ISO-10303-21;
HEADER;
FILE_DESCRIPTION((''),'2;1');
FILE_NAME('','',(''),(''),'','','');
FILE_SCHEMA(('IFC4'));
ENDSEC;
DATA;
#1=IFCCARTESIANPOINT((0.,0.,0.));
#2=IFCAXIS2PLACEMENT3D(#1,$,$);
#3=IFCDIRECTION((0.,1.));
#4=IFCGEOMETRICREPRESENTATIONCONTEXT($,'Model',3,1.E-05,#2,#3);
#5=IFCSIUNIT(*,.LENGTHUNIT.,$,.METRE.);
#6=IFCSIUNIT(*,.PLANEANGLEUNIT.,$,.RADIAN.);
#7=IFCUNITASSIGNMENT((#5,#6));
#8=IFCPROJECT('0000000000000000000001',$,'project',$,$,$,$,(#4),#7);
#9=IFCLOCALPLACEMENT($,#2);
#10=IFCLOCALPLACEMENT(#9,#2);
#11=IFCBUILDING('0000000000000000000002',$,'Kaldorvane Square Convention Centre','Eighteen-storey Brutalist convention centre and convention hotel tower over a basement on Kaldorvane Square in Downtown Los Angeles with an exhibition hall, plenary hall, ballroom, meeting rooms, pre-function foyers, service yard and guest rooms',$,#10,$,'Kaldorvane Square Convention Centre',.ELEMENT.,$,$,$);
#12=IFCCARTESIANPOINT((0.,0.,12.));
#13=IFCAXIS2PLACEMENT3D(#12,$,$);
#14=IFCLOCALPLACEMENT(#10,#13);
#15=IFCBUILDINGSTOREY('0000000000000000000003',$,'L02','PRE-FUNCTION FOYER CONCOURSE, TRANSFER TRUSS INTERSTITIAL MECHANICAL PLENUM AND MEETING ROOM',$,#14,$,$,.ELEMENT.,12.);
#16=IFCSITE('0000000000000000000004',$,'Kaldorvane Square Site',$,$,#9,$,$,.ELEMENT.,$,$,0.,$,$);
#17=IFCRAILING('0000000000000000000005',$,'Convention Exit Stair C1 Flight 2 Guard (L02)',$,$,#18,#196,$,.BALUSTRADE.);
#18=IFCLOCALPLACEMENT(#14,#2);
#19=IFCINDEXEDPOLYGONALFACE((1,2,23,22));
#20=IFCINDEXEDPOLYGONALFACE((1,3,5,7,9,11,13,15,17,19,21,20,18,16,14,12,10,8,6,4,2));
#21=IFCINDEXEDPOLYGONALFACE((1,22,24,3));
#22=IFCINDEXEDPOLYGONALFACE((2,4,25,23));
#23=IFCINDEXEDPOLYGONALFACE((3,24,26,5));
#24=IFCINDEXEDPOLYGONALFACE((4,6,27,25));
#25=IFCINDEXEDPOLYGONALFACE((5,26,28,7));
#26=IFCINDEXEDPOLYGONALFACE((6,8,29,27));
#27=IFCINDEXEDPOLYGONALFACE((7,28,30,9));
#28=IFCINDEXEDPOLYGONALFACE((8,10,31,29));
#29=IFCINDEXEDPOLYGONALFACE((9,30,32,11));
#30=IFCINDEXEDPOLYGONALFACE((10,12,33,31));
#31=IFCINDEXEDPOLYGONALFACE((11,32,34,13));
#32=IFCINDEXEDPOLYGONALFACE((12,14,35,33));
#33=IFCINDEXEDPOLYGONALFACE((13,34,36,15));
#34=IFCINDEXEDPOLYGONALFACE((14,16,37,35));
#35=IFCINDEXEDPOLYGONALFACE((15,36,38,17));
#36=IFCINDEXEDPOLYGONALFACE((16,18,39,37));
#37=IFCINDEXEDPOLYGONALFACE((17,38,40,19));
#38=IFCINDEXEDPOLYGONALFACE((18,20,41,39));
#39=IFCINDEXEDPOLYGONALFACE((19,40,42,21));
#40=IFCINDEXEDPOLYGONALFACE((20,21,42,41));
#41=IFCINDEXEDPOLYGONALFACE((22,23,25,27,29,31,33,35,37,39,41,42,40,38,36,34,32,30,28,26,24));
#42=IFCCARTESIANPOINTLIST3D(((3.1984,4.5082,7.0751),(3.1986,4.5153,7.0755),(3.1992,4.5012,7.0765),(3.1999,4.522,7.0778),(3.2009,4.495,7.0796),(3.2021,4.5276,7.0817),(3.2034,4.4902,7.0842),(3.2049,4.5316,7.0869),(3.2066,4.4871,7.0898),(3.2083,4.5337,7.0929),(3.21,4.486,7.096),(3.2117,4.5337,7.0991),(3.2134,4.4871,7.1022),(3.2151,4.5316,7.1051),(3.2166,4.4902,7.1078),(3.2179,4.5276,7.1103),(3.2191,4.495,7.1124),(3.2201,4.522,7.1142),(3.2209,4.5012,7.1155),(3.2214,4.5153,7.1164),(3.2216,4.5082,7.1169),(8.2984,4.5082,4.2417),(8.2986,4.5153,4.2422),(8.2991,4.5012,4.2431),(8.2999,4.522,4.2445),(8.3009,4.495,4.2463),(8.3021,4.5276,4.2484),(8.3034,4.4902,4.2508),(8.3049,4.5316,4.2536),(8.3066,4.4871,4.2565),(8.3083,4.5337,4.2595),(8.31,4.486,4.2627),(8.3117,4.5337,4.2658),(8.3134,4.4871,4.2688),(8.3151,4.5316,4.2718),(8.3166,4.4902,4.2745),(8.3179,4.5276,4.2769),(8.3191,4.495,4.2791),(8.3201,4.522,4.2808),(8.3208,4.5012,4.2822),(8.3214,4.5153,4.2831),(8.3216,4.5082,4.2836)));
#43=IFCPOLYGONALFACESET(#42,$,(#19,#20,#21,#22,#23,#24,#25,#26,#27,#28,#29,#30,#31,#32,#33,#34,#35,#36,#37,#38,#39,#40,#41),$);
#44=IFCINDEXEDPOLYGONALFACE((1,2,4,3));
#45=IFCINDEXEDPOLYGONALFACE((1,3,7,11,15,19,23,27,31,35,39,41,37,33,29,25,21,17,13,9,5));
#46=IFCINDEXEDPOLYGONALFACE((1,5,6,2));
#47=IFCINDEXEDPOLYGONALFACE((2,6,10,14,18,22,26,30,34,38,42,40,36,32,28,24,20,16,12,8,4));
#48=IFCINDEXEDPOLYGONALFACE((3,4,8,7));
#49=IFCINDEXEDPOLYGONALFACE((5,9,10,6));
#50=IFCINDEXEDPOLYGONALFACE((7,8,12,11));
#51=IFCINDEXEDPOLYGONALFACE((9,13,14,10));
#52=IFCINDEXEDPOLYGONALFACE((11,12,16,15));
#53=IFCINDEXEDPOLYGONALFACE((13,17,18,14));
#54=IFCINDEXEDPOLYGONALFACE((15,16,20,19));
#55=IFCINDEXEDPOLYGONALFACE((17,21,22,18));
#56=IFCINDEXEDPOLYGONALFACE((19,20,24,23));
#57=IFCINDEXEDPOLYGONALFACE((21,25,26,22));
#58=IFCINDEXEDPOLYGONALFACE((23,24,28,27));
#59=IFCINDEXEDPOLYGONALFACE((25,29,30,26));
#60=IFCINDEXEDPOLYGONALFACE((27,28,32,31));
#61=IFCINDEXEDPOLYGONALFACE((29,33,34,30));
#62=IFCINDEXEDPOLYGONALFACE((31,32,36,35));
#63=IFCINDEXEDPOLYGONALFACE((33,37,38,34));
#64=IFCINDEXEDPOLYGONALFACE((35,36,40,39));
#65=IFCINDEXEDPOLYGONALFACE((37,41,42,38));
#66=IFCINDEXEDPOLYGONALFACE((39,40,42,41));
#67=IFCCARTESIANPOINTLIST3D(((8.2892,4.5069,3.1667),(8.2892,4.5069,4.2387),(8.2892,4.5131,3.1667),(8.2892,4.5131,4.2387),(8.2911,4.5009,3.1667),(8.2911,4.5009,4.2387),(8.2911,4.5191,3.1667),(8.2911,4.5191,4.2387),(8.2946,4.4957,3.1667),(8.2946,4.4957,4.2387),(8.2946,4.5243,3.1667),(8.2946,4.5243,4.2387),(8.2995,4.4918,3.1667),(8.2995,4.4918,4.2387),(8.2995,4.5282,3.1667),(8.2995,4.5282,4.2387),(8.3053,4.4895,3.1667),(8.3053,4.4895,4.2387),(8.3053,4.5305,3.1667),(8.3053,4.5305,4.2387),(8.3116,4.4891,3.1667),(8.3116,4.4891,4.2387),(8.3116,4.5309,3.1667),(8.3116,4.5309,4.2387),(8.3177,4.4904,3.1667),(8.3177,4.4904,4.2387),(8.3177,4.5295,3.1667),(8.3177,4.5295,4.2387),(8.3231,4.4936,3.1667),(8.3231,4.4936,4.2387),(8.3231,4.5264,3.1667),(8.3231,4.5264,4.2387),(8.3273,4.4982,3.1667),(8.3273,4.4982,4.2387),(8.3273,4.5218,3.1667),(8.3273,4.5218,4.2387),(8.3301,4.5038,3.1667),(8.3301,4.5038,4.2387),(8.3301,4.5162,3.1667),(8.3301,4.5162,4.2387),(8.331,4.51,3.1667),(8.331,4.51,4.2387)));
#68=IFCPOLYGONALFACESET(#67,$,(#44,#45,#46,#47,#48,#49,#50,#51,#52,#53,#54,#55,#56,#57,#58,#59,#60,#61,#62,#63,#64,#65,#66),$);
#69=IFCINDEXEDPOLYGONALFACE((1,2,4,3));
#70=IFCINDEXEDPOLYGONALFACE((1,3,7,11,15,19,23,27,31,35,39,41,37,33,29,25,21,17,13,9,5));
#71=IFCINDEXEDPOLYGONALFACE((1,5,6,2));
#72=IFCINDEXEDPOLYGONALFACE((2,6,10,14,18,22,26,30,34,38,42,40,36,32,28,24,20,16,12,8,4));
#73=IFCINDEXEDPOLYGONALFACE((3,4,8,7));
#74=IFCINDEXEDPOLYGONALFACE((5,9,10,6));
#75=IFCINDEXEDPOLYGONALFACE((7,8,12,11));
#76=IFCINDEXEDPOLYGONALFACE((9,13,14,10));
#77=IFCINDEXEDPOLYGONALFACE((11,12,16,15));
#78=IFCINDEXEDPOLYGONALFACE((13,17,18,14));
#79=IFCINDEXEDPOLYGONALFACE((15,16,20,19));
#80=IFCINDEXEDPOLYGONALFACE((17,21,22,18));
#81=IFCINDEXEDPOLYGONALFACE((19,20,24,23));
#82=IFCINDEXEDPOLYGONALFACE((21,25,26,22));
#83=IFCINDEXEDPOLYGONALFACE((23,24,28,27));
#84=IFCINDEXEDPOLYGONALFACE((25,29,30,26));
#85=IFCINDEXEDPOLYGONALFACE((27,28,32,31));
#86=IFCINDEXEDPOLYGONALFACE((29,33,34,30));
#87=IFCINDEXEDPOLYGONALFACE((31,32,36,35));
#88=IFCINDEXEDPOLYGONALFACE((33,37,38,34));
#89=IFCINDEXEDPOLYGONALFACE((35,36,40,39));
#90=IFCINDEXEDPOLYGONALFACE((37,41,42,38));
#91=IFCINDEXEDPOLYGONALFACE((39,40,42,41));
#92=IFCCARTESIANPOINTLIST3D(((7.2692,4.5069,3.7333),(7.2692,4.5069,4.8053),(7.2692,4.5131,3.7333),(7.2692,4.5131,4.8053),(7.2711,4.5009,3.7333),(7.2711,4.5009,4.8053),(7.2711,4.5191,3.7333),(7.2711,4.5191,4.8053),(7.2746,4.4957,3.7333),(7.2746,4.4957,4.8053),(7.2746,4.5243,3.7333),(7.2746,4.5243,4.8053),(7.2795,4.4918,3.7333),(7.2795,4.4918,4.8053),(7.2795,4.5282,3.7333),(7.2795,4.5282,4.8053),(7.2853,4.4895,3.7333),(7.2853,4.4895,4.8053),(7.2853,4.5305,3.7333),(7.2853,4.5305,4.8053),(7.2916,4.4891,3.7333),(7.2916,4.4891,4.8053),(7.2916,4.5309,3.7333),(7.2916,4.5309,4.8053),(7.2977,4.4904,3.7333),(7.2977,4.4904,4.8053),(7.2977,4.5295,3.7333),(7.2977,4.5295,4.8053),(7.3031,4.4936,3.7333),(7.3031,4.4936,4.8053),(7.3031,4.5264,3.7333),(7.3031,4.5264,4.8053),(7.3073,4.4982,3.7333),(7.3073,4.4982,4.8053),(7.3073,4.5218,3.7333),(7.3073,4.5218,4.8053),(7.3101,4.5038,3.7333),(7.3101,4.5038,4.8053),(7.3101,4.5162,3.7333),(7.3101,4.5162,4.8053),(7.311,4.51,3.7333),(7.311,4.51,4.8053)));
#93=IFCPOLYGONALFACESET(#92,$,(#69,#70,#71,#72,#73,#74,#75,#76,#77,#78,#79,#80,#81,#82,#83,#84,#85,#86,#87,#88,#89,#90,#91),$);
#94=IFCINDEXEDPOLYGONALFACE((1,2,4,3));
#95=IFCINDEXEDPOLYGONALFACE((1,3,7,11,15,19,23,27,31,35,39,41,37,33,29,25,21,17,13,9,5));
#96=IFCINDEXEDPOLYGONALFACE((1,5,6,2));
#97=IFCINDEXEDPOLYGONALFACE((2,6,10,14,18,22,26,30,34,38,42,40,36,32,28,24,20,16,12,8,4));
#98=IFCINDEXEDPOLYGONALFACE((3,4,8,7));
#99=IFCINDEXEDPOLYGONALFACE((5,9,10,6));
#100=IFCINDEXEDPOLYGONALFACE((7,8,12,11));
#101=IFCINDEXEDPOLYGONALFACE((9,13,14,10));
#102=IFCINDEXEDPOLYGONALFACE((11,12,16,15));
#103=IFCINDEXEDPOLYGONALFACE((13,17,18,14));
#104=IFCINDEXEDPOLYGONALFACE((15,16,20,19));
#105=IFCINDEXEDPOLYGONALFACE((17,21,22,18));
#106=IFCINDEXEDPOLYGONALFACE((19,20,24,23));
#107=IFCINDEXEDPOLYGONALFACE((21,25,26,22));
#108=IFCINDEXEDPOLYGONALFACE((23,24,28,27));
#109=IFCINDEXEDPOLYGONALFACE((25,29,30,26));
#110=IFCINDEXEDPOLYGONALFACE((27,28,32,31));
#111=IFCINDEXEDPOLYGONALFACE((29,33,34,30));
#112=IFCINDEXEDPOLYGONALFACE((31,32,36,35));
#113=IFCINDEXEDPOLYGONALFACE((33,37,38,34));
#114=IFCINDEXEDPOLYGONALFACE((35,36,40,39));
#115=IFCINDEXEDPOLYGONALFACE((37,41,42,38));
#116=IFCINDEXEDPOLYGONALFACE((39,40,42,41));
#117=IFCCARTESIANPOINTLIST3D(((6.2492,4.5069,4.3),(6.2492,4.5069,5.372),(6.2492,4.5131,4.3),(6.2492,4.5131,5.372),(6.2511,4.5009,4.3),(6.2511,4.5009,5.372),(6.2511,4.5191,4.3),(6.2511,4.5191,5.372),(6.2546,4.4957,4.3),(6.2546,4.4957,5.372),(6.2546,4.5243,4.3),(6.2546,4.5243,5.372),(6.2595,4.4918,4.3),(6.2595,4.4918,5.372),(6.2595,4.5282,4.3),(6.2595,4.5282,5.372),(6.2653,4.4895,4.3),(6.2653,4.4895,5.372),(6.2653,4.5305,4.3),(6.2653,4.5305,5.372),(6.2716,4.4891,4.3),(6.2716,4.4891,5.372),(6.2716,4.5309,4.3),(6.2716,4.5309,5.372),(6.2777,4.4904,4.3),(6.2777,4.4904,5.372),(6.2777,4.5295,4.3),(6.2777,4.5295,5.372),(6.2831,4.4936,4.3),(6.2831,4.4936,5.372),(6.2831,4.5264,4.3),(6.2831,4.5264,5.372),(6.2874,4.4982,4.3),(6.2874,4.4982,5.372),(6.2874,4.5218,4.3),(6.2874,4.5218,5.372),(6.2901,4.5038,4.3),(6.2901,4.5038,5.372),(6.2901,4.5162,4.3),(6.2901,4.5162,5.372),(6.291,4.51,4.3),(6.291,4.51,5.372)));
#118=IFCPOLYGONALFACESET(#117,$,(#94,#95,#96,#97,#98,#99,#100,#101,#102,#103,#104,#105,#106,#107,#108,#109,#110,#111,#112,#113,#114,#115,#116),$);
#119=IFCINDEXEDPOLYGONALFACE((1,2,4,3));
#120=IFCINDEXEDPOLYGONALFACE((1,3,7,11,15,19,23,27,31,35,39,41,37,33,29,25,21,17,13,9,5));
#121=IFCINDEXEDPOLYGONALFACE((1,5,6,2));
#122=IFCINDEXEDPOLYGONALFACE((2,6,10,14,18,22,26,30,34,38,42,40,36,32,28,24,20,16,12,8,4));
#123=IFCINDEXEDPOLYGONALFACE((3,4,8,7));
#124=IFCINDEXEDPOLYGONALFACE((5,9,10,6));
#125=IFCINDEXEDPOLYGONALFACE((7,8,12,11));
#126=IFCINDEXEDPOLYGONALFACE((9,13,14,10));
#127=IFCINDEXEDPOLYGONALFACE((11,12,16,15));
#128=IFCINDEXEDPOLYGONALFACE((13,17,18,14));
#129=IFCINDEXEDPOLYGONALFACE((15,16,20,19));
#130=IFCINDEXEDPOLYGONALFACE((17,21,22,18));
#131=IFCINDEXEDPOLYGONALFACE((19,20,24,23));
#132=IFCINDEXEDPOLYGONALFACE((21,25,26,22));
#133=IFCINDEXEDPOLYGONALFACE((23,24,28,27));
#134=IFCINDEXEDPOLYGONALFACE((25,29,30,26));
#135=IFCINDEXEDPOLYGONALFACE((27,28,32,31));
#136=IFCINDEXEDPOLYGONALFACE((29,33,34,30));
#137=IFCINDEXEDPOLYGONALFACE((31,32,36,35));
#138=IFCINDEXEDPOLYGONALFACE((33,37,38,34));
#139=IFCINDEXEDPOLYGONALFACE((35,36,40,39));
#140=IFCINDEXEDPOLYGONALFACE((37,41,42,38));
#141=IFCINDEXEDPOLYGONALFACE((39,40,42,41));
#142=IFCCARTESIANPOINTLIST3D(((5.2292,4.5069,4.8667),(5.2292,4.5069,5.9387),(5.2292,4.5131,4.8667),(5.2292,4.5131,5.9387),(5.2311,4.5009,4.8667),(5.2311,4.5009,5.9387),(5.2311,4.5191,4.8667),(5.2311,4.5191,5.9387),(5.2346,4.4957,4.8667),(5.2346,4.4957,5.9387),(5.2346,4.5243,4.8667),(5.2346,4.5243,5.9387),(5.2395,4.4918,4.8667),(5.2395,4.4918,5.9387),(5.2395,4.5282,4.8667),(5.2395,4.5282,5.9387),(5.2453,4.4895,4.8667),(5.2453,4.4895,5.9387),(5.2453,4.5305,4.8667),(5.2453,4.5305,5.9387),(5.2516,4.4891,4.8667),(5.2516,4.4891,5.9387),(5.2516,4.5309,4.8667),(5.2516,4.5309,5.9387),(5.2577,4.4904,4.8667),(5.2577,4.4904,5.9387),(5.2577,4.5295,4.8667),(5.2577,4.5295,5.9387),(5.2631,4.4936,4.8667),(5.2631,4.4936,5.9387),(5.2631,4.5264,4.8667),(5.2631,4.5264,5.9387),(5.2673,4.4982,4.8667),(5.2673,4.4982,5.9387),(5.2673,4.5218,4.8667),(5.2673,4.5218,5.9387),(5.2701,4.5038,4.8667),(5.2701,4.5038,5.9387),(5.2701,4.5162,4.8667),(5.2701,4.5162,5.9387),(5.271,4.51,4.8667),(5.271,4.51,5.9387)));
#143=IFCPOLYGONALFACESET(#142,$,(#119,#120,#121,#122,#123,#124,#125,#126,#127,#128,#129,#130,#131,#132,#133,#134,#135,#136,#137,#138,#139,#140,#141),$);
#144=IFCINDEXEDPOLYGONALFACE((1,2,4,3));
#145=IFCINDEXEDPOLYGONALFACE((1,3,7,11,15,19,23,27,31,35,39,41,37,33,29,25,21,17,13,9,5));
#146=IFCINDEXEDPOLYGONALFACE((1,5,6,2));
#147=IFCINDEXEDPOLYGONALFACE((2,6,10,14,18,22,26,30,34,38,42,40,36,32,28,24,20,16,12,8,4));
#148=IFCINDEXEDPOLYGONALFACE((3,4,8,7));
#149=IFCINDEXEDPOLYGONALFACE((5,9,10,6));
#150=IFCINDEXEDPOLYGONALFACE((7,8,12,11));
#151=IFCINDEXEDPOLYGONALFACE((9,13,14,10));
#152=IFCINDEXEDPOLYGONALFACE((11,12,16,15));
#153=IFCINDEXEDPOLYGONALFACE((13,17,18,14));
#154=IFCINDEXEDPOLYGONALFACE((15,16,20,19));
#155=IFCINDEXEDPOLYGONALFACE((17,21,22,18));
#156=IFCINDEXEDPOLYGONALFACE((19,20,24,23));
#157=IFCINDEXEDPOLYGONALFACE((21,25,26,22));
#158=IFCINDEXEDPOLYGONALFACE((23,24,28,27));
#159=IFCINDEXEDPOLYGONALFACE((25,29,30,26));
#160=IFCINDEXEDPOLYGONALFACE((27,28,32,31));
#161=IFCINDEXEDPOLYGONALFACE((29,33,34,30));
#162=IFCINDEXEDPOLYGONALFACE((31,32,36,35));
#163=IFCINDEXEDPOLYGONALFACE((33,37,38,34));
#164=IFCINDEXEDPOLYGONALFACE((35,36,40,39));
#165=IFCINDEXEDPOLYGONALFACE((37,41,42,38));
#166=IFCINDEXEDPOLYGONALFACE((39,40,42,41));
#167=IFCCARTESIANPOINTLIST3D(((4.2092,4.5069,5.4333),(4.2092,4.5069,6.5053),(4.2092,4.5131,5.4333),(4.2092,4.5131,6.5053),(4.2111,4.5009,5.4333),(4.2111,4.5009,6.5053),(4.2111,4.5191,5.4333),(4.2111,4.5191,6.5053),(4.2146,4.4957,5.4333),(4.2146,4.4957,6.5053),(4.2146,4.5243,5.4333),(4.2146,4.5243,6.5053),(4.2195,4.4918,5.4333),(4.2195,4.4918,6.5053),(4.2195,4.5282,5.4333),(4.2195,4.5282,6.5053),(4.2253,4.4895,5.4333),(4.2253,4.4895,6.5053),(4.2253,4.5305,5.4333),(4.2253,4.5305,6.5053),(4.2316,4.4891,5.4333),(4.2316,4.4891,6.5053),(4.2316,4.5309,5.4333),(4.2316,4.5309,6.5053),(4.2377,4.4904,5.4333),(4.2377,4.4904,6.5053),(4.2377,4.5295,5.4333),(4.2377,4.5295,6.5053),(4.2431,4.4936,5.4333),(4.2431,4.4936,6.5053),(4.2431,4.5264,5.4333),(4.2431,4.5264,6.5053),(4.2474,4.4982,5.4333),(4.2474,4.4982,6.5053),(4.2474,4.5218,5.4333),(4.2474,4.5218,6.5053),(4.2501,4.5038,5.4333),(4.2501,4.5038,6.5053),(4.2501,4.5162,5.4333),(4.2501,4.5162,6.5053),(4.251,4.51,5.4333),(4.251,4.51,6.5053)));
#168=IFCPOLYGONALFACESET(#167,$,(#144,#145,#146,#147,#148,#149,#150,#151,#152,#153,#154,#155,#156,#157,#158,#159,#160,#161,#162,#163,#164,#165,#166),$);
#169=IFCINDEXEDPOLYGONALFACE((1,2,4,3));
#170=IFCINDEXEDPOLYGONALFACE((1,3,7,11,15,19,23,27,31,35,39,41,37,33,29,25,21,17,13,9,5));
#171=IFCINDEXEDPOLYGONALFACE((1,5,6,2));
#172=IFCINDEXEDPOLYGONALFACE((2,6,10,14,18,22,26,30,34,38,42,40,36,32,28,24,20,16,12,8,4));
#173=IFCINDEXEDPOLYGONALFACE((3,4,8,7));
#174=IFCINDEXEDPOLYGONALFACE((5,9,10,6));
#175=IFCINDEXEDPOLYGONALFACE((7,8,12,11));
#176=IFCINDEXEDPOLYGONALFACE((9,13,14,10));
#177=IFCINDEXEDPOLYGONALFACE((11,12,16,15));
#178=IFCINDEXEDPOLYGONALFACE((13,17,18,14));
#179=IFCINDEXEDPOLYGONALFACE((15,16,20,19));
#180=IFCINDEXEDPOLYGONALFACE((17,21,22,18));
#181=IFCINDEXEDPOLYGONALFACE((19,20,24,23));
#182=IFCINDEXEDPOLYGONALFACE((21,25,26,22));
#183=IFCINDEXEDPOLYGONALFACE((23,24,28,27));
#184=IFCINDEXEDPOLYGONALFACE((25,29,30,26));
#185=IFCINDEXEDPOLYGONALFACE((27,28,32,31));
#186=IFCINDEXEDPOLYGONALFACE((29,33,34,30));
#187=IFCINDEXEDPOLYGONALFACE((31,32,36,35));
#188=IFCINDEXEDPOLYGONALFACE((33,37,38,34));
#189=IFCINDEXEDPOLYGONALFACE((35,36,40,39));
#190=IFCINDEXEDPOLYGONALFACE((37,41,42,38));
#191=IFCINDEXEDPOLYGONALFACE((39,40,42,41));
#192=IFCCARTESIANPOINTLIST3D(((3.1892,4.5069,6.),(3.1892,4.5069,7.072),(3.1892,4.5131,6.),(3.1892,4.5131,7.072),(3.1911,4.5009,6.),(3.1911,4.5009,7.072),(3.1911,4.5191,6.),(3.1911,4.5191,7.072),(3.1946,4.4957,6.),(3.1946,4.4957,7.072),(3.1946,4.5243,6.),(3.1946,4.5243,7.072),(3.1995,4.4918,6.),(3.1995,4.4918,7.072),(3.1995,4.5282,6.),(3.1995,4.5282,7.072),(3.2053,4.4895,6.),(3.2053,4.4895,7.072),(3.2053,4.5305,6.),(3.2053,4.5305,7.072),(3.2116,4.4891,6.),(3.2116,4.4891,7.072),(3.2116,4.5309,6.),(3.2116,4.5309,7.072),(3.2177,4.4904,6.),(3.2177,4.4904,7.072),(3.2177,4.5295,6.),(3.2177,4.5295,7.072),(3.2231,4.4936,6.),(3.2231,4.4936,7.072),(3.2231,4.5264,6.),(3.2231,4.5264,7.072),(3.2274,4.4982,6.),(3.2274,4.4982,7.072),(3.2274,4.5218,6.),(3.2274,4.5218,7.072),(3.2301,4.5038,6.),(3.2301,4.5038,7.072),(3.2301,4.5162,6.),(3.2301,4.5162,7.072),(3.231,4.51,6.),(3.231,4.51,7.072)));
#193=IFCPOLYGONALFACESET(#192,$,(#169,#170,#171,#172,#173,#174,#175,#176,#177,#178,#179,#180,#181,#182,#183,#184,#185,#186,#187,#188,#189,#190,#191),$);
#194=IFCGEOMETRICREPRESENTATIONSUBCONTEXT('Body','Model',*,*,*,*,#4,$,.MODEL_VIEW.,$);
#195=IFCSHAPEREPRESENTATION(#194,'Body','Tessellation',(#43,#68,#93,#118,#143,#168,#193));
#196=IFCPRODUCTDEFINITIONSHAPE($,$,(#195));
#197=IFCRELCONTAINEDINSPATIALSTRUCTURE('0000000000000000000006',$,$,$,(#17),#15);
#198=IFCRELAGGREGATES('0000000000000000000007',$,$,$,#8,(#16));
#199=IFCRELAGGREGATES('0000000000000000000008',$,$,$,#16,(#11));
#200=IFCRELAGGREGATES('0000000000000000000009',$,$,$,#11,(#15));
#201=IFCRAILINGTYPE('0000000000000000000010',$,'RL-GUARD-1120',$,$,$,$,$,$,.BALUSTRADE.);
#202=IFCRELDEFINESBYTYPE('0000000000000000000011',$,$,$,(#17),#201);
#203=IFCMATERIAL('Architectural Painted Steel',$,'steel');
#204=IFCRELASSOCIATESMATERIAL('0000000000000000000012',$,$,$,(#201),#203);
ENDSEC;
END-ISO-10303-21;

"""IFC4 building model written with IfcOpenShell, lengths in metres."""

from ifc_helpers import new_model, si_unit, direction, frame, origin, origin_2d, place, context, subcontext, project, spatial, circle, extrude, material, type_object, element, save


model = new_model("IFC4")

# Units and contexts
model_context = context("Model", 3, precision=1e-05, world=origin(), true_north=direction((0.0, 1.0)))
body_context = subcontext(model_context, "Body", "Model", "MODEL_VIEW")
ifc_project = project(units=[si_unit("LENGTHUNIT", "METRE"), si_unit("PLANEANGLEUNIT", "RADIAN")], contexts=[model_context])

# Site, building, storey
site_placement = place(None, origin())
site = spatial("IfcSite", under=ifc_project, at=site_placement, Name="Kaldorvane Square Site", CompositionType="ELEMENT", RefElevation=0.0)
building_placement = place(site_placement, origin())
building = spatial("IfcBuilding", under=site, at=building_placement, Name="Kaldorvane Square Convention Centre", Description="Eighteen-storey Brutalist convention centre and convention hotel tower over a basement on Kaldorvane Square in Downtown Los Angeles with an exhibition hall, plenary hall, ballroom, meeting rooms, pre-function foyers, service yard and guest rooms", LongName="Kaldorvane Square Convention Centre", CompositionType="ELEMENT")
storey_placement = place(building_placement, frame((0.0, 0.0, 12.0)))
storey = spatial("IfcBuildingStorey", under=building, at=storey_placement, Name="L02", Description="PRE-FUNCTION FOYER CONCOURSE, TRANSFER TRUSS INTERSTITIAL MECHANICAL PLENUM AND MEETING ROOM", CompositionType="ELEMENT", Elevation=12.0)

# Railing
ifc_material_1 = material(Name="Architectural Painted Steel", Category="steel")
railing_type_1 = type_object("IfcRailingType", Name="RL-GUARD-1120", PredefinedType="BALUSTRADE", material=ifc_material_1)
railing_1_placement = place(storey_placement, frame((8.31, 4.51, 3.1667)))
element("IfcRailing", 1, at=railing_1_placement, inside=storey, type_object=railing_type_1, Name="Convention Exit Stair C1 Flight 2 Guard (L02)", PredefinedType="BALUSTRADE", context=body_context, shape_type="SweptSolid", body=[
    extrude(circle(Radius=0.024, at=origin_2d()), frame((0.0, 0.0, 1.096), z_axis=(-0.874157, 0.0, 0.485643), x_axis=(0.0, -1.0, 0.0)), (0.0, 0.0, 1.0), 5.8342),
    extrude(circle(Radius=0.021, at=origin_2d()), origin(), (0.0, 0.0, 1.0), 1.072),
    extrude(circle(Radius=0.021, at=origin_2d()), frame((-1.02, 0.0, 0.5667)), (0.0, 0.0, 1.0), 1.072),
    extrude(circle(Radius=0.021, at=origin_2d()), frame((-2.04, 0.0, 1.1333)), (0.0, 0.0, 1.0), 1.072),
    extrude(circle(Radius=0.021, at=origin_2d()), frame((-3.06, 0.0, 1.7)), (0.0, 0.0, 1.0), 1.072),
    extrude(circle(Radius=0.021, at=origin_2d()), frame((-4.08, 0.0, 2.2667)), (0.0, 0.0, 1.0), 1.072),
    extrude(circle(Radius=0.021, at=origin_2d()), frame((-5.1, 0.0, 2.8333)), (0.0, 0.0, 1.0), 1.072),
])

save(model, "model.ifc")
